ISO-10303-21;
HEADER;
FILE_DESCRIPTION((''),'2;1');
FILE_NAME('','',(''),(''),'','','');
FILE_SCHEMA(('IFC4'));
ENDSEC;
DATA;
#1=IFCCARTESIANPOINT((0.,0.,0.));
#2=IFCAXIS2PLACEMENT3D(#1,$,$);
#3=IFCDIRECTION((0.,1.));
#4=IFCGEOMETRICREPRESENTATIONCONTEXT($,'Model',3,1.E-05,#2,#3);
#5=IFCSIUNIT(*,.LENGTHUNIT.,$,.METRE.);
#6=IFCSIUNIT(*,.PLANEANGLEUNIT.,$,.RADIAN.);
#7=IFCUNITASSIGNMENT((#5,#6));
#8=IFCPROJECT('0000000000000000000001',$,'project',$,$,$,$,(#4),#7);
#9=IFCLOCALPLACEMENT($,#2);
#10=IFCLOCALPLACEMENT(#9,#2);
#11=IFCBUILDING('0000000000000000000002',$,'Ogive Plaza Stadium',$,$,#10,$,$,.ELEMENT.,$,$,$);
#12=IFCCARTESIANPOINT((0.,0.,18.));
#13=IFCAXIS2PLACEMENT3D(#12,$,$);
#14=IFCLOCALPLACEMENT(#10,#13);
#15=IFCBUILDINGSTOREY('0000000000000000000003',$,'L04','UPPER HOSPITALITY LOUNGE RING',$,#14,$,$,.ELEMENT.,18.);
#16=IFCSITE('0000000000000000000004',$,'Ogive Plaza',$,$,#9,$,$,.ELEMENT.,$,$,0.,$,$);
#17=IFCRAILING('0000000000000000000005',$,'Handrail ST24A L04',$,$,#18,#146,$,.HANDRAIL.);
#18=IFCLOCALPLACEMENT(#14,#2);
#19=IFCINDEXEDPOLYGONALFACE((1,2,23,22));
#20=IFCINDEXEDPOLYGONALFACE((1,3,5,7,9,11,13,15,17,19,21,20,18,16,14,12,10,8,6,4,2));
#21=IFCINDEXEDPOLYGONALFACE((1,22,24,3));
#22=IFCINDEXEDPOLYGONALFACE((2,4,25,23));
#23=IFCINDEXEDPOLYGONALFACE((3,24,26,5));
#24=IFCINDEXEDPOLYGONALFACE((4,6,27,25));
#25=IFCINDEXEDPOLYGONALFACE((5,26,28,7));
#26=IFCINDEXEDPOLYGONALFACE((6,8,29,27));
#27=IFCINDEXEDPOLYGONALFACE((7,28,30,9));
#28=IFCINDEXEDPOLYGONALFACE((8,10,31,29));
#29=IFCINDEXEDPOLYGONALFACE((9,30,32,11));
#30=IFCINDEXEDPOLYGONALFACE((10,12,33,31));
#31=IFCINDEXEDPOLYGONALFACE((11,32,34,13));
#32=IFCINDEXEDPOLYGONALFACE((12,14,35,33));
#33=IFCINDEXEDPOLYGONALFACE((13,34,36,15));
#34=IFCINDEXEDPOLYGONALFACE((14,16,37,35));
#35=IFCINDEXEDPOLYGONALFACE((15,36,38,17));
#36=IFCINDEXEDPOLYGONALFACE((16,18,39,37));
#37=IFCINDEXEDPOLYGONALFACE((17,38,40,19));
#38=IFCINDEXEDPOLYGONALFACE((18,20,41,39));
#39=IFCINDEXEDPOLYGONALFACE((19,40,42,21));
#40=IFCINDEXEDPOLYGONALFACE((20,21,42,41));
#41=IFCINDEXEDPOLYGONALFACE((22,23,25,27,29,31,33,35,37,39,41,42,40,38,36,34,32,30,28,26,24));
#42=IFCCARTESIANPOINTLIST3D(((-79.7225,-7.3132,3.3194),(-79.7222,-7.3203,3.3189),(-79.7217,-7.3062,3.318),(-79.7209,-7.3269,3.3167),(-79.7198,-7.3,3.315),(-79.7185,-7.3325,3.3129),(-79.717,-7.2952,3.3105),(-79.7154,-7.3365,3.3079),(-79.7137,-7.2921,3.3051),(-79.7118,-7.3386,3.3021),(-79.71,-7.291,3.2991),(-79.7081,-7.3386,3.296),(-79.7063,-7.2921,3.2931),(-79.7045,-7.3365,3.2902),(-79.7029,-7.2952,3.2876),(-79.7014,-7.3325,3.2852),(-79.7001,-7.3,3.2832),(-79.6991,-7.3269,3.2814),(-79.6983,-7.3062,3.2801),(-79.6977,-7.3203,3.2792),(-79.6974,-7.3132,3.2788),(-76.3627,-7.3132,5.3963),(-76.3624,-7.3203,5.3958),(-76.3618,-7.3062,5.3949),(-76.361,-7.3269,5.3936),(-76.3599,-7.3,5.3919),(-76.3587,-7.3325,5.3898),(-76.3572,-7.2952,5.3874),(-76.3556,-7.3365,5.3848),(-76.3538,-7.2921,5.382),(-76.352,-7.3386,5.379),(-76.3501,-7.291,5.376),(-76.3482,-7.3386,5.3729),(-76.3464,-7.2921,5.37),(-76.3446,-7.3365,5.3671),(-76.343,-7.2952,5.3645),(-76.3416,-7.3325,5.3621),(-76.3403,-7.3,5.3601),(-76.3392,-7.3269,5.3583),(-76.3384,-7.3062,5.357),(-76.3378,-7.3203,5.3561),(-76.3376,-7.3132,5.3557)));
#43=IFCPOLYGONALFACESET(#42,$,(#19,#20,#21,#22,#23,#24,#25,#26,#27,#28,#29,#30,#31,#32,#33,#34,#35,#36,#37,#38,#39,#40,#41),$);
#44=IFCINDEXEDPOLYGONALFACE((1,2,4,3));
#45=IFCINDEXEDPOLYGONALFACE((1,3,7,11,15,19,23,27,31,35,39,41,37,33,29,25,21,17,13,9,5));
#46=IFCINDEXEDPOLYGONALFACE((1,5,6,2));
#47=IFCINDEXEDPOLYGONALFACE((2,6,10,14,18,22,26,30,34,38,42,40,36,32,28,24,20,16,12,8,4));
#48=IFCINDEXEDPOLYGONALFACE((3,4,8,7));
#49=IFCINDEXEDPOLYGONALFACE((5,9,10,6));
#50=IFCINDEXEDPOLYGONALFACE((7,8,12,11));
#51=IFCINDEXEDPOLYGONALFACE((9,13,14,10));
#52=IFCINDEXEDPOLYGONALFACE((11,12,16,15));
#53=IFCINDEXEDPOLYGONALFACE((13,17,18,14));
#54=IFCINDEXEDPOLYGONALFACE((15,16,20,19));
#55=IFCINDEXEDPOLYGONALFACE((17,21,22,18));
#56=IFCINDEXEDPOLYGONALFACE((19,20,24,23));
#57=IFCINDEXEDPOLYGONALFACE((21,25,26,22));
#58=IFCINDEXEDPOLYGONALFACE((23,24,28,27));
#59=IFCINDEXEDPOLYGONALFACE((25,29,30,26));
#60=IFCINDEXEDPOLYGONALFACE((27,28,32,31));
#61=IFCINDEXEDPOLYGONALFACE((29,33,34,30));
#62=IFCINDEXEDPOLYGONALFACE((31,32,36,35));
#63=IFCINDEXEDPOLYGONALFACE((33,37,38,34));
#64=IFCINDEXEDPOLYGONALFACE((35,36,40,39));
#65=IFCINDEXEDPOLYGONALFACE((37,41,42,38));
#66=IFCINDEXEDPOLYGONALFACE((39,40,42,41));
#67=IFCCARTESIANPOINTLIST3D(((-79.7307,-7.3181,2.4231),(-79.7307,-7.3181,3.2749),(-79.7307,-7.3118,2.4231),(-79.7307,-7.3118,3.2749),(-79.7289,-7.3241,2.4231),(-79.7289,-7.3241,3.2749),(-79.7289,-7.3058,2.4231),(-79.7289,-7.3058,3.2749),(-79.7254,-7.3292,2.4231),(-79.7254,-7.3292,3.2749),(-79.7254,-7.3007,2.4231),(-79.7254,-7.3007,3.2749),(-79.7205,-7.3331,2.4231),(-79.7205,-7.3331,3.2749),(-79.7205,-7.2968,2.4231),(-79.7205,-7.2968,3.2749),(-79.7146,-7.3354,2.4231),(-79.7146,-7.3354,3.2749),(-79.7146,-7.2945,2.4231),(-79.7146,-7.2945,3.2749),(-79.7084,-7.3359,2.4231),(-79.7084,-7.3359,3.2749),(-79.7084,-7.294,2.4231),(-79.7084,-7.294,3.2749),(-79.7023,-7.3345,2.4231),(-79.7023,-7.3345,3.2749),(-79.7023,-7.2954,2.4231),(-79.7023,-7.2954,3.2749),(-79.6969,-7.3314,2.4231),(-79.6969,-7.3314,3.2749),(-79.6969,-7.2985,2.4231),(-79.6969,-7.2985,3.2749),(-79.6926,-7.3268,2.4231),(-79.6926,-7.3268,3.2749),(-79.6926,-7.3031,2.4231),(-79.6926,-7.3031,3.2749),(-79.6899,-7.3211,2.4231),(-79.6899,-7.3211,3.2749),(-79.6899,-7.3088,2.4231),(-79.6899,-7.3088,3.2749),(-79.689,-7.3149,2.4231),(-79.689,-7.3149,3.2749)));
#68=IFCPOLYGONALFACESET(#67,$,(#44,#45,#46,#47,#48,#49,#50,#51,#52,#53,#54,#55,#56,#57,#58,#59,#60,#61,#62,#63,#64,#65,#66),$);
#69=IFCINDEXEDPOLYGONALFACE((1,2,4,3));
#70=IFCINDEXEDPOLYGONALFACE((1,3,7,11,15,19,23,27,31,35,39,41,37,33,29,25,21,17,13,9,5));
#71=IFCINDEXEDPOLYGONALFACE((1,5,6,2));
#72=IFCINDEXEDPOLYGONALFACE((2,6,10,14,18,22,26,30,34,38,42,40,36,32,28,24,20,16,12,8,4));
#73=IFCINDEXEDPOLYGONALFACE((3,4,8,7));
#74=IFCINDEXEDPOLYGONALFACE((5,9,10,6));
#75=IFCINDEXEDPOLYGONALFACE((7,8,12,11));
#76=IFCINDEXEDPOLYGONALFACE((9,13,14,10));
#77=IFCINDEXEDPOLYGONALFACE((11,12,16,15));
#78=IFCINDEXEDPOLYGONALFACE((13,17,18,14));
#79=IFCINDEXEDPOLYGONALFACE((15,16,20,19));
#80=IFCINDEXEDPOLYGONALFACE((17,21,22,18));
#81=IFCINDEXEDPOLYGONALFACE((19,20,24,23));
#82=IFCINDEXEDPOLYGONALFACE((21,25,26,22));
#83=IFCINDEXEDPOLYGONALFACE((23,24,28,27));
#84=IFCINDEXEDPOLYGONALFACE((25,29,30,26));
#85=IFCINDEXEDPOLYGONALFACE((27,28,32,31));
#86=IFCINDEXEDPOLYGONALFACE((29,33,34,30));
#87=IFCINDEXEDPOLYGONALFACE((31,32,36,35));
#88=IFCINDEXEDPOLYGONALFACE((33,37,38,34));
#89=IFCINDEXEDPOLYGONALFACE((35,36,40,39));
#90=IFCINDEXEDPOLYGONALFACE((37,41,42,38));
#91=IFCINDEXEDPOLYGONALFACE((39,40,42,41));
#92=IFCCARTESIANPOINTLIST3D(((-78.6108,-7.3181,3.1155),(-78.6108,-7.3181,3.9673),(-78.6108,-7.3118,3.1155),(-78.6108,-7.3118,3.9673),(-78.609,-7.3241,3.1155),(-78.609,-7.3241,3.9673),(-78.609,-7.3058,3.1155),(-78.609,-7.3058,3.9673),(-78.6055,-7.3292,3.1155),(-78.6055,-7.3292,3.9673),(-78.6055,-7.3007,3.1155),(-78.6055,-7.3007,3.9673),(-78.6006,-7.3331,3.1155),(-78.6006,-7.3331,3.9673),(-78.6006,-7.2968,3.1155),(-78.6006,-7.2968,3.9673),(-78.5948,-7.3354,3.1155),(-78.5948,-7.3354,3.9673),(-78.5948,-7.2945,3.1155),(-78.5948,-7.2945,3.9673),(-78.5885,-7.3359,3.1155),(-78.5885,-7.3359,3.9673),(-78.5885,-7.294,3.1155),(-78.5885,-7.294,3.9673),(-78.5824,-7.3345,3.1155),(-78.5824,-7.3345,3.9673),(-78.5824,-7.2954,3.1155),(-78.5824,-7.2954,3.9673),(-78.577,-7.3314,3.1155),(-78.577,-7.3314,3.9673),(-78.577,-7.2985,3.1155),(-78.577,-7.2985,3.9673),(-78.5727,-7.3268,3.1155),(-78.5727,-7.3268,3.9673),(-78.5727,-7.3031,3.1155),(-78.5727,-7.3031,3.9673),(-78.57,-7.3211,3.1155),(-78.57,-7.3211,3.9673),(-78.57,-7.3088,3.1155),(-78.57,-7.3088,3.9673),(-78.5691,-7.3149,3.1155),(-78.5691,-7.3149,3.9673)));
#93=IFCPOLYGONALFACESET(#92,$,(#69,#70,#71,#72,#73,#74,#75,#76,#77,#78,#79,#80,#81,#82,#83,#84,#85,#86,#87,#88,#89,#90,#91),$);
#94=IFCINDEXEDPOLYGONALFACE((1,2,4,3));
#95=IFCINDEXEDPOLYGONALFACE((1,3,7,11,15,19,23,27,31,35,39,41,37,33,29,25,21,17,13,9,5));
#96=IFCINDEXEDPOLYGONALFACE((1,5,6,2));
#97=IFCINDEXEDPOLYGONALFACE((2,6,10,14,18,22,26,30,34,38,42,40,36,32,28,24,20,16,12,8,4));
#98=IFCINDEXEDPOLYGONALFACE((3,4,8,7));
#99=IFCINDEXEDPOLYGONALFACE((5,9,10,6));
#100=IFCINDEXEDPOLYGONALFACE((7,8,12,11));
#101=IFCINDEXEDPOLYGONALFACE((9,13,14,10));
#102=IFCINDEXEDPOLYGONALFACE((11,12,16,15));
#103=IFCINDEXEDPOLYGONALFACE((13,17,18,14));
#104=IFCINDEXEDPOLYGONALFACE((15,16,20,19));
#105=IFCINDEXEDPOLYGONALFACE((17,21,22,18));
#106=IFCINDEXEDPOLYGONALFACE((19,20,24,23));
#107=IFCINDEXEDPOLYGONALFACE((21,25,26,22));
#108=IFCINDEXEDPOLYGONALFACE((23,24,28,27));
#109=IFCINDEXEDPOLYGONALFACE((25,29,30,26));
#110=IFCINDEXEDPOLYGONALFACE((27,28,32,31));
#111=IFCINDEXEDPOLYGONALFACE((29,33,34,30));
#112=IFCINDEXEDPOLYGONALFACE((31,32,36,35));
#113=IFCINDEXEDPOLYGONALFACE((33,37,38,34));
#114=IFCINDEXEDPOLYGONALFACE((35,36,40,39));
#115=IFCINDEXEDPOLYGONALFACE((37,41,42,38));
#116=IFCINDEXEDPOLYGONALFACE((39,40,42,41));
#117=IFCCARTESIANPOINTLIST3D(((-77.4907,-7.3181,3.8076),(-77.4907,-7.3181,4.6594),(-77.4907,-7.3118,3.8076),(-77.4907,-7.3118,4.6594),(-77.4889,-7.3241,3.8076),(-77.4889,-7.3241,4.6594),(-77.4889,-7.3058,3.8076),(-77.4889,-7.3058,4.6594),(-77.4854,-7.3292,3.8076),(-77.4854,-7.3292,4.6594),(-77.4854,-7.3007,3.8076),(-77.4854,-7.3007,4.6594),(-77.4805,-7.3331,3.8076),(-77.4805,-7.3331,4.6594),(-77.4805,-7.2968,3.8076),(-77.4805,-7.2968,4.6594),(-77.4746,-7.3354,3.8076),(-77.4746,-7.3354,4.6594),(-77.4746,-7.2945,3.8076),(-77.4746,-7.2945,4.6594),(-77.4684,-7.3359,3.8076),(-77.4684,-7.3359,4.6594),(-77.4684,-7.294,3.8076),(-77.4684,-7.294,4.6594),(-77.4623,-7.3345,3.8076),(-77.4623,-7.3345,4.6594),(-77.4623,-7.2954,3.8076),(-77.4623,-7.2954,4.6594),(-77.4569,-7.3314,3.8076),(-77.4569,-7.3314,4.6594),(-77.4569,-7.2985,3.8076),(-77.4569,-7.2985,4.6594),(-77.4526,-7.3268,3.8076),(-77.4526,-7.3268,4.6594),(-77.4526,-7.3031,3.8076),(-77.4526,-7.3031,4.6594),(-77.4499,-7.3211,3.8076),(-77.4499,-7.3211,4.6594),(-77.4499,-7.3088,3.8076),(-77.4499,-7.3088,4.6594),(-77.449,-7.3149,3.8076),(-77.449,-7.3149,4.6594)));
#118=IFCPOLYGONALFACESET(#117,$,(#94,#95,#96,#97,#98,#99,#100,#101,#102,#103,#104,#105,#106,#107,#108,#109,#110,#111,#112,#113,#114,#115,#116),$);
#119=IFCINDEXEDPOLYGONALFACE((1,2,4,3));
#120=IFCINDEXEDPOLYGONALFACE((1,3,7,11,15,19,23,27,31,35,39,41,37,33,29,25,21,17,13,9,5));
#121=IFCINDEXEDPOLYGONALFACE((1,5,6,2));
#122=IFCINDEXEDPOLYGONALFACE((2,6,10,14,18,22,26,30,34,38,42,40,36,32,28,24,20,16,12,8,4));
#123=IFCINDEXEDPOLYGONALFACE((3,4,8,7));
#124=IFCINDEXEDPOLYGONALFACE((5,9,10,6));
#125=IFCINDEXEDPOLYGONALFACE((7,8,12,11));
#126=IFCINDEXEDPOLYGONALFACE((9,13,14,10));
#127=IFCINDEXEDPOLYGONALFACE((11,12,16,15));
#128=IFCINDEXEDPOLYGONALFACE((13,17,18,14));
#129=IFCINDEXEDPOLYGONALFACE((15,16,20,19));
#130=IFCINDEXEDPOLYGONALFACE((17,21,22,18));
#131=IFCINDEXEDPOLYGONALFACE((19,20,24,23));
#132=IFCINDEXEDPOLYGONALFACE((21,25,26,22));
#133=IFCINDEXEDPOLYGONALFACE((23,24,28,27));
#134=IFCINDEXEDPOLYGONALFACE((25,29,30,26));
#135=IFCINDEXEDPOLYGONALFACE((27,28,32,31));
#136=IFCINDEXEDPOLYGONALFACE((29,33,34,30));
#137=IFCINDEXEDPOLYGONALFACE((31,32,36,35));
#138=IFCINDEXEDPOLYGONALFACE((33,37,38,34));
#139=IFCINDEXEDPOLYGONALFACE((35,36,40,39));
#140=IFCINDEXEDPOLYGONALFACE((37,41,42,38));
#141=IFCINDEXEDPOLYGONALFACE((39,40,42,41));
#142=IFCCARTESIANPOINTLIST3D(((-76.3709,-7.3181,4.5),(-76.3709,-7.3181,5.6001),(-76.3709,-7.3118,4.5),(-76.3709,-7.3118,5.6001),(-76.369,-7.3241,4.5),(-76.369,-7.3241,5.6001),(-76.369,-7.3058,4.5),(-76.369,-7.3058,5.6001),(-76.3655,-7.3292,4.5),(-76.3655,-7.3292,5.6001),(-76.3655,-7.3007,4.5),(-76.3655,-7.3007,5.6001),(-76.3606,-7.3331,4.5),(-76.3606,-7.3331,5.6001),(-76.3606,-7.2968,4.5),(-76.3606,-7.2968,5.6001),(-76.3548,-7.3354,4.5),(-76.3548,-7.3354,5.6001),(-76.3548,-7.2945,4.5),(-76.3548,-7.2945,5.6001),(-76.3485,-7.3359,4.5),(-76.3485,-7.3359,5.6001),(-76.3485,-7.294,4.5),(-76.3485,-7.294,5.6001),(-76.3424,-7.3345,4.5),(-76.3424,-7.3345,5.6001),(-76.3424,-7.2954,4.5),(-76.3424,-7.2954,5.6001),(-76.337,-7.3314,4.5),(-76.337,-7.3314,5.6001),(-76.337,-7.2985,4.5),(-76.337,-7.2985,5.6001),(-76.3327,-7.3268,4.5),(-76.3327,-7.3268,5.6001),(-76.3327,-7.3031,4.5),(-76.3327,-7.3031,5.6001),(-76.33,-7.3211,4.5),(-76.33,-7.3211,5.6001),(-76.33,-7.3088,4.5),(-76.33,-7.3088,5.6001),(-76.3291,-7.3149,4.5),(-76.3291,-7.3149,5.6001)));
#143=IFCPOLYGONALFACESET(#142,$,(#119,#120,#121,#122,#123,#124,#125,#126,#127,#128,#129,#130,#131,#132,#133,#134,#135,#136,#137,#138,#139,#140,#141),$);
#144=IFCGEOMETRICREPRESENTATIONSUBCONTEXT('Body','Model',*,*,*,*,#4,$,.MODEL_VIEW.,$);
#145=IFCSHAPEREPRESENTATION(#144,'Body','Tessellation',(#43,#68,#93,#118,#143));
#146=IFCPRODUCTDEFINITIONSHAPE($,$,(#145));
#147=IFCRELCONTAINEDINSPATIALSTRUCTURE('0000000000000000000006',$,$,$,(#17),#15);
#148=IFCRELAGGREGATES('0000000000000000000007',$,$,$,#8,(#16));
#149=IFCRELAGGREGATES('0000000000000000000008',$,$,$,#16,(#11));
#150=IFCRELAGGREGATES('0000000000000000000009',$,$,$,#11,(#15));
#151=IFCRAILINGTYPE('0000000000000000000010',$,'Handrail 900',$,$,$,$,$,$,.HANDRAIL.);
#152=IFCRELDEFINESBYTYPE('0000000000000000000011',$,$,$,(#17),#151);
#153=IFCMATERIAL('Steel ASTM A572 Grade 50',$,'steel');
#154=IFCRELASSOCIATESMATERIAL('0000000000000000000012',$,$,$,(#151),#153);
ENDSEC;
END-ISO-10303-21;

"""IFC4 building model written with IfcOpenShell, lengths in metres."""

from ifc_helpers import new_model, si_unit, direction, frame, origin, origin_2d, place, context, subcontext, project, spatial, circle, extrude, material, type_object, element, save


model = new_model("IFC4")

# Units and contexts
model_context = context("Model", 3, precision=1e-05, world=origin(), true_north=direction((0.0, 1.0)))
body_context = subcontext(model_context, "Body", "Model", "MODEL_VIEW")
ifc_project = project(units=[si_unit("LENGTHUNIT", "METRE"), si_unit("PLANEANGLEUNIT", "RADIAN")], contexts=[model_context])

# Site, building, storey
site_placement = place(None, origin())
site = spatial("IfcSite", under=ifc_project, at=site_placement, Name="Ogive Plaza", CompositionType="ELEMENT", RefElevation=0.0)
building_placement = place(site_placement, origin())
building = spatial("IfcBuilding", under=site, at=building_placement, Name="Ogive Plaza Stadium", CompositionType="ELEMENT")
storey_placement = place(building_placement, frame((0.0, 0.0, 18.0)))
storey = spatial("IfcBuildingStorey", under=building, at=storey_placement, Name="L04", Description="UPPER HOSPITALITY LOUNGE RING", CompositionType="ELEMENT", Elevation=18.0)

# Railing
ifc_material_1 = material(Name="Steel ASTM A572 Grade 50", Category="steel")
railing_type = type_object("IfcRailingType", Name="Handrail 900", PredefinedType="HANDRAIL", material=ifc_material_1)
for number, where, name in (
    (1, (-79.71, -7.3149, 2.4231), "Handrail ST24A L04"),
):
    element("IfcRailing", number, at=place(storey_placement, frame(where)), inside=storey, type_object=railing_type, Name=name, PredefinedType="HANDRAIL", context=body_context, shape_type="SweptSolid", body=[
        extrude(circle(Radius=0.0239, at=origin_2d()), frame((0.0, 0.0, 0.876), z_axis=(0.850606, 0.0, 0.525803), x_axis=(0.0, 1.0, 0.0)), (0.0, 0.0, 1.0), 3.95),
        extrude(circle(Radius=0.021, at=origin_2d()), origin(), (0.0, 0.0, 1.0), 0.8518),
        extrude(circle(Radius=0.021, at=origin_2d()), frame((1.1199, 0.0, 0.6924)), (0.0, 0.0, 1.0), 0.8518),
        extrude(circle(Radius=0.021, at=origin_2d()), frame((2.24, 0.0, 1.3845)), (0.0, 0.0, 1.0), 0.8518),
        extrude(circle(Radius=0.021, at=origin_2d()), frame((3.3599, 0.0, 2.0769)), (0.0, 0.0, 1.0), 1.1001),
    ])

save(model, "model.ifc")
